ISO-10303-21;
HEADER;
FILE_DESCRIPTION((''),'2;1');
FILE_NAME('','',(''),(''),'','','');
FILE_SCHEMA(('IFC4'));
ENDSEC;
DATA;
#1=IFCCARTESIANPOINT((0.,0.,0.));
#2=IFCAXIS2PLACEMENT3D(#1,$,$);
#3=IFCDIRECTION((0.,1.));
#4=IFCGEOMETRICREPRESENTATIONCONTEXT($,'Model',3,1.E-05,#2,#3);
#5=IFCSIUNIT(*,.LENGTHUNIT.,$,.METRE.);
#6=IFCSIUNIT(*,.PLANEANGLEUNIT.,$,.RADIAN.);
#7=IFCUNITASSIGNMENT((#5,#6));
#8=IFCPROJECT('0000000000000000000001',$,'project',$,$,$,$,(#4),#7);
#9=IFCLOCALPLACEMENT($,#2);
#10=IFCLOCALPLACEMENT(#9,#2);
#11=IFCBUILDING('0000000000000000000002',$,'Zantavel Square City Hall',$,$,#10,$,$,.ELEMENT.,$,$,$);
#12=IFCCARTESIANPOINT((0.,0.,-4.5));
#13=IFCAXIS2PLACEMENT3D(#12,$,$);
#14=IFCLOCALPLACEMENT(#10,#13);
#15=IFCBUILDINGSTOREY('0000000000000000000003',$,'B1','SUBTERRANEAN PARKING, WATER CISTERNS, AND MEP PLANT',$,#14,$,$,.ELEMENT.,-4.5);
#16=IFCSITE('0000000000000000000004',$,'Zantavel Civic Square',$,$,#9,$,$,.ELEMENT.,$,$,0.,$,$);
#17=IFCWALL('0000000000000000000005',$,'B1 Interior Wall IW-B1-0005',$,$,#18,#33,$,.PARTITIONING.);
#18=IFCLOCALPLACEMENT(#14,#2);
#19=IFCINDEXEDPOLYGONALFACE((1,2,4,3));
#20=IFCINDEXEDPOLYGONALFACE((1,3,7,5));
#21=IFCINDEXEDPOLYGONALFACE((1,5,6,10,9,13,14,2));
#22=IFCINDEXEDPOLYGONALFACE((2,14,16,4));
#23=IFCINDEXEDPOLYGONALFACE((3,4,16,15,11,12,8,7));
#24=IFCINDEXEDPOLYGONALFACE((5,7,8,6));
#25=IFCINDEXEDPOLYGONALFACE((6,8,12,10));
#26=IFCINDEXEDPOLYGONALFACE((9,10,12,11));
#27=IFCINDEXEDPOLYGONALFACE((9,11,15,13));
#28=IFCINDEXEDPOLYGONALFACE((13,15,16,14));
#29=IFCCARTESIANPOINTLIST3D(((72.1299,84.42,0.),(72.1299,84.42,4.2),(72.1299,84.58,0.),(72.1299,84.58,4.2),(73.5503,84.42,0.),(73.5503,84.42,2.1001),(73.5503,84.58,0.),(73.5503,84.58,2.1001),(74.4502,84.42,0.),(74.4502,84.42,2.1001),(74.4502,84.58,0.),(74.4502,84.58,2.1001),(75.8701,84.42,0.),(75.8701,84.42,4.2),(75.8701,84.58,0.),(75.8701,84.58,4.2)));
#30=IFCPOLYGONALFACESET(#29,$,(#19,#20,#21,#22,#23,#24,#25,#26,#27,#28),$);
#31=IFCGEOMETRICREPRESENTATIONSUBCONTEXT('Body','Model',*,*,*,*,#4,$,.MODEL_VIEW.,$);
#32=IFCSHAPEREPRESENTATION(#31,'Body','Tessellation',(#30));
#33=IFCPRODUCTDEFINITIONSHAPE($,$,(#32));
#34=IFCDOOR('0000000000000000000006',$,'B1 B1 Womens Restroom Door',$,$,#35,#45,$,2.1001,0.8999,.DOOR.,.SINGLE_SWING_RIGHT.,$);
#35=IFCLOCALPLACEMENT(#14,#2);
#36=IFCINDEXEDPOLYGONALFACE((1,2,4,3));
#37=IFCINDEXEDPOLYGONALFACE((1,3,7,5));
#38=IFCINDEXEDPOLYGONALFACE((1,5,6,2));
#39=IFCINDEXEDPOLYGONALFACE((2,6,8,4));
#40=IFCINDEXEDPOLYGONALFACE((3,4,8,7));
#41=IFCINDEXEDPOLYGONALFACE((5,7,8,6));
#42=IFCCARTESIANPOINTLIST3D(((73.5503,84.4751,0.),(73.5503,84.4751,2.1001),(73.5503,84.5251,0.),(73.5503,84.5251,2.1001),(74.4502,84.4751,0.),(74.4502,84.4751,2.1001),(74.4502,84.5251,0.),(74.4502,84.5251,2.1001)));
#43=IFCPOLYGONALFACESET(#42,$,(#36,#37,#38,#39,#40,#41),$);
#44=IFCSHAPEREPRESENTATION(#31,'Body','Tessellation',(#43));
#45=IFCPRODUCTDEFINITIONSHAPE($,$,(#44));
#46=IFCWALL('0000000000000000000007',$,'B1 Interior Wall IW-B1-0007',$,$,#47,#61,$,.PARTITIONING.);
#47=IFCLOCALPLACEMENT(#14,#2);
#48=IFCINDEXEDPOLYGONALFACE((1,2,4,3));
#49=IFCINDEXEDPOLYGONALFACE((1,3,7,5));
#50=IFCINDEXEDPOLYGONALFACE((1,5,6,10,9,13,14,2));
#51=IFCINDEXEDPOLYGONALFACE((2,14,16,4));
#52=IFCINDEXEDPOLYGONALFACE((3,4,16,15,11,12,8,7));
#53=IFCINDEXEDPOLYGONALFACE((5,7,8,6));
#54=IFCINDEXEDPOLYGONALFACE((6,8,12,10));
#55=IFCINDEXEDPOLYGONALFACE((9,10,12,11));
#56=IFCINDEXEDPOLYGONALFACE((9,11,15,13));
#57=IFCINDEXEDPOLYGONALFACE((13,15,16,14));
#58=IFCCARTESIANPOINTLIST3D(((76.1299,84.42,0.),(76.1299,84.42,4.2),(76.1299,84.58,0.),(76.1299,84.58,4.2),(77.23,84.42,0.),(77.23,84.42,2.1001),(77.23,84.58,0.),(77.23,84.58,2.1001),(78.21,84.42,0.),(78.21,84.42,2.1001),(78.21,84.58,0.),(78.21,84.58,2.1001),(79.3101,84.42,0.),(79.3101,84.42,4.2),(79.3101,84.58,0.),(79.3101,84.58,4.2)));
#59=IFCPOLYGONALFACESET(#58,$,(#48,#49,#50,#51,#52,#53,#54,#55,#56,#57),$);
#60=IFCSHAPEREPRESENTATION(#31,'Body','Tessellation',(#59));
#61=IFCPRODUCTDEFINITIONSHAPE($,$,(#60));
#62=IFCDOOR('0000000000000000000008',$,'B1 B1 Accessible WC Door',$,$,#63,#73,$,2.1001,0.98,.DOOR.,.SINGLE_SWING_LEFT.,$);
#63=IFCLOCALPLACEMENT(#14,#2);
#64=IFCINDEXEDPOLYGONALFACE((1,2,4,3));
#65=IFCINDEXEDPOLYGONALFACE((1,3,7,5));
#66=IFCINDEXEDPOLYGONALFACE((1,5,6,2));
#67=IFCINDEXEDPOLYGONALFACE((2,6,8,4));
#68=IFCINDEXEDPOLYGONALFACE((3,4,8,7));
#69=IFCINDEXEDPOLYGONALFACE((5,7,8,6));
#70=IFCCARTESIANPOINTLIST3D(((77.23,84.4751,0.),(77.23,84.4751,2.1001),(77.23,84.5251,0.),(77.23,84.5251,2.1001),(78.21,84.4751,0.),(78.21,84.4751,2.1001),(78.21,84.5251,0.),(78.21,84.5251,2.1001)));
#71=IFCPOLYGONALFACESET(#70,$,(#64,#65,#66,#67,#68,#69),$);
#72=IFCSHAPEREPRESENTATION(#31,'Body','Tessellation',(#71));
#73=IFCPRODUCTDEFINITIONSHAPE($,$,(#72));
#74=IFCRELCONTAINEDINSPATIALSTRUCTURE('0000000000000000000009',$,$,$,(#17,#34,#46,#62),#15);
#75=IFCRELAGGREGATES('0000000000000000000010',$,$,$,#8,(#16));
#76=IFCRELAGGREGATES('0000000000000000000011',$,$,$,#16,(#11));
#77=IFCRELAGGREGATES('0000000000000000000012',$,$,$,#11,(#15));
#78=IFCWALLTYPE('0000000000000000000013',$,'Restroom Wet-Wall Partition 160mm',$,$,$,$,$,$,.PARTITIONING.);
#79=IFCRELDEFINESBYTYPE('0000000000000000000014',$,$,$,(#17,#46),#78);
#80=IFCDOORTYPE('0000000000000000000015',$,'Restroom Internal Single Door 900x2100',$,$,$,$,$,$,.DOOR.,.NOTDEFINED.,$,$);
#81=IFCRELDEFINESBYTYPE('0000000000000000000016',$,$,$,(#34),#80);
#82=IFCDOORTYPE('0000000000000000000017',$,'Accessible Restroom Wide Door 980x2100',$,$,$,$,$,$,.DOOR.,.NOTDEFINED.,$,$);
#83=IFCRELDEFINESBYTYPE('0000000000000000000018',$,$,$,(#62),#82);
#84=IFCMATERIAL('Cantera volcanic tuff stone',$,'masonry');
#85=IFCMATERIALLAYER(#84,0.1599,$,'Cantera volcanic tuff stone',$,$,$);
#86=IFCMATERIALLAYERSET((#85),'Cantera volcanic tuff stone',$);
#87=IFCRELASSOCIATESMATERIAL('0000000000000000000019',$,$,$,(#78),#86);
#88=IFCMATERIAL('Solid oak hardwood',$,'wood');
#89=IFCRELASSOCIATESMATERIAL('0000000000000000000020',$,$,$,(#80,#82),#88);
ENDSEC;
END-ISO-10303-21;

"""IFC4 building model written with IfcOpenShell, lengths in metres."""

from ifc_helpers import new_model, si_unit, direction, frame, frame_2d, origin, place, context, subcontext, project, spatial, rectangle, extrude, material, layer, layer_set, type_object, element, fill, save


model = new_model("IFC4")

# Units and contexts
model_context = context("Model", 3, precision=1e-05, world=origin(), true_north=direction((0.0, 1.0)))
body_context = subcontext(model_context, "Body", "Model", "MODEL_VIEW")
ifc_project = project(units=[si_unit("LENGTHUNIT", "METRE"), si_unit("PLANEANGLEUNIT", "RADIAN")], contexts=[model_context])

# Site, building, storey
site_placement = place(None, origin())
site = spatial("IfcSite", under=ifc_project, at=site_placement, Name="Zantavel Civic Square", CompositionType="ELEMENT", RefElevation=0.0)
building_placement = place(site_placement, origin())
building = spatial("IfcBuilding", under=site, at=building_placement, Name="Zantavel Square City Hall", CompositionType="ELEMENT")
storey_placement = place(building_placement, frame((0.0, 0.0, -4.5)))
storey = spatial("IfcBuildingStorey", under=building, at=storey_placement, Name="B1", Description="SUBTERRANEAN PARKING, WATER CISTERNS, AND MEP PLANT", CompositionType="ELEMENT", Elevation=-4.5)

# Shared definitions
ifc_material_1 = material(Name="Cantera volcanic tuff stone", Category="masonry")
ifc_layer_1 = layer(ifc_material_1, 0.1599, Name="Cantera volcanic tuff stone")
ifc_layer_set_1 = layer_set([ifc_layer_1], Name="Cantera volcanic tuff stone")
wall_type = type_object("IfcWallType", Name="Restroom Wet-Wall Partition 160mm", PredefinedType="PARTITIONING", material=ifc_layer_set_1)

# Walls, openings, doors
ifc_material_2 = material(Name="Solid oak hardwood", Category="wood")
door_type_1 = type_object("IfcDoorType", Name="Restroom Internal Single Door 900x2100", OperationType="NOTDEFINED", PredefinedType="DOOR", material=ifc_material_2)
wall_1_placement = place(storey_placement, frame((75.8701, 84.5, 0.0), z_axis=(0.0, 0.0, 1.0), x_axis=(-1.0, 0.0, 0.0)))
wall_1 = element("IfcWall", 1, at=wall_1_placement, inside=storey, type_object=wall_type, Name="B1 Interior Wall IW-B1-0005", PredefinedType="PARTITIONING", context=body_context, shape_type="SweptSolid", body=[
    extrude(rectangle(XDim=3.7402, YDim=0.1599, at=frame_2d((1.8701, 0.0))), origin(), (0.0, 0.0, 1.0), 4.2),
])
opening_1_placement = place(wall_1_placement, frame((1.4199, 0.0, 0.0)))
opening_1 = element("IfcOpeningElement", 2, at=opening_1_placement, cuts=wall_1, PredefinedType="OPENING", context=body_context, shape_type="SweptSolid", body=[
    extrude(rectangle(XDim=0.8999, YDim=2.1001, at=frame_2d((0.45, 1.05))), frame((0.0, 0.0898, 0.0), z_axis=(0.0, -1.0, 0.0), x_axis=(1.0, 0.0, 0.0)), (0.0, 0.0, 1.0), 0.1799),
])
door_1_placement = place(opening_1_placement, origin())
door_1 = element("IfcDoor", 3, at=door_1_placement, inside=storey, type_object=door_type_1, Name="B1 B1 Womens Restroom Door", OperationType="SINGLE_SWING_RIGHT", OverallHeight=2.1001, OverallWidth=0.8999, PredefinedType="DOOR", context=body_context, shape_type="SweptSolid", body=[
    extrude(rectangle(XDim=0.8999, YDim=2.1001, at=frame_2d((0.45, 1.05))), frame((0.0, 0.0249, 0.0), z_axis=(0.0, -1.0, 0.0), x_axis=(1.0, 0.0, 0.0)), (0.0, 0.0, 1.0), 0.05),
])
fill(opening_1, door_1)
wall_2_placement = place(storey_placement, frame((79.3101, 84.5, 0.0), z_axis=(0.0, 0.0, 1.0), x_axis=(-1.0, 0.0, 0.0)))
wall_2 = element("IfcWall", 4, at=wall_2_placement, inside=storey, type_object=wall_type, Name="B1 Interior Wall IW-B1-0007", PredefinedType="PARTITIONING", context=body_context, shape_type="SweptSolid", body=[
    extrude(rectangle(XDim=3.1802, YDim=0.1599, at=frame_2d((1.5901, 0.0))), origin(), (0.0, 0.0, 1.0), 4.2),
])
opening_2_placement = place(wall_2_placement, frame((1.1001, 0.0, 0.0)))
opening_2 = element("IfcOpeningElement", 5, at=opening_2_placement, cuts=wall_2, PredefinedType="OPENING", context=body_context, shape_type="SweptSolid", body=[
    extrude(rectangle(XDim=0.98, YDim=2.1001, at=frame_2d((0.49, 1.05))), frame((0.0, 0.0898, 0.0), z_axis=(0.0, -1.0, 0.0), x_axis=(1.0, 0.0, 0.0)), (0.0, 0.0, 1.0), 0.1799),
])
door_type_2 = type_object("IfcDoorType", Name="Accessible Restroom Wide Door 980x2100", OperationType="NOTDEFINED", PredefinedType="DOOR", material=ifc_material_2)
door_2_placement = place(opening_2_placement, origin())
door_2 = element("IfcDoor", 6, at=door_2_placement, inside=storey, type_object=door_type_2, Name="B1 B1 Accessible WC Door", OperationType="SINGLE_SWING_LEFT", OverallHeight=2.1001, OverallWidth=0.98, PredefinedType="DOOR", context=body_context, shape_type="SweptSolid", body=[
    extrude(rectangle(XDim=0.98, YDim=2.1001, at=frame_2d((0.49, 1.05))), frame((0.0, 0.0249, 0.0), z_axis=(0.0, -1.0, 0.0), x_axis=(1.0, 0.0, 0.0)), (0.0, 0.0, 1.0), 0.05),
])
fill(opening_2, door_2)

save(model, "model.ifc")
